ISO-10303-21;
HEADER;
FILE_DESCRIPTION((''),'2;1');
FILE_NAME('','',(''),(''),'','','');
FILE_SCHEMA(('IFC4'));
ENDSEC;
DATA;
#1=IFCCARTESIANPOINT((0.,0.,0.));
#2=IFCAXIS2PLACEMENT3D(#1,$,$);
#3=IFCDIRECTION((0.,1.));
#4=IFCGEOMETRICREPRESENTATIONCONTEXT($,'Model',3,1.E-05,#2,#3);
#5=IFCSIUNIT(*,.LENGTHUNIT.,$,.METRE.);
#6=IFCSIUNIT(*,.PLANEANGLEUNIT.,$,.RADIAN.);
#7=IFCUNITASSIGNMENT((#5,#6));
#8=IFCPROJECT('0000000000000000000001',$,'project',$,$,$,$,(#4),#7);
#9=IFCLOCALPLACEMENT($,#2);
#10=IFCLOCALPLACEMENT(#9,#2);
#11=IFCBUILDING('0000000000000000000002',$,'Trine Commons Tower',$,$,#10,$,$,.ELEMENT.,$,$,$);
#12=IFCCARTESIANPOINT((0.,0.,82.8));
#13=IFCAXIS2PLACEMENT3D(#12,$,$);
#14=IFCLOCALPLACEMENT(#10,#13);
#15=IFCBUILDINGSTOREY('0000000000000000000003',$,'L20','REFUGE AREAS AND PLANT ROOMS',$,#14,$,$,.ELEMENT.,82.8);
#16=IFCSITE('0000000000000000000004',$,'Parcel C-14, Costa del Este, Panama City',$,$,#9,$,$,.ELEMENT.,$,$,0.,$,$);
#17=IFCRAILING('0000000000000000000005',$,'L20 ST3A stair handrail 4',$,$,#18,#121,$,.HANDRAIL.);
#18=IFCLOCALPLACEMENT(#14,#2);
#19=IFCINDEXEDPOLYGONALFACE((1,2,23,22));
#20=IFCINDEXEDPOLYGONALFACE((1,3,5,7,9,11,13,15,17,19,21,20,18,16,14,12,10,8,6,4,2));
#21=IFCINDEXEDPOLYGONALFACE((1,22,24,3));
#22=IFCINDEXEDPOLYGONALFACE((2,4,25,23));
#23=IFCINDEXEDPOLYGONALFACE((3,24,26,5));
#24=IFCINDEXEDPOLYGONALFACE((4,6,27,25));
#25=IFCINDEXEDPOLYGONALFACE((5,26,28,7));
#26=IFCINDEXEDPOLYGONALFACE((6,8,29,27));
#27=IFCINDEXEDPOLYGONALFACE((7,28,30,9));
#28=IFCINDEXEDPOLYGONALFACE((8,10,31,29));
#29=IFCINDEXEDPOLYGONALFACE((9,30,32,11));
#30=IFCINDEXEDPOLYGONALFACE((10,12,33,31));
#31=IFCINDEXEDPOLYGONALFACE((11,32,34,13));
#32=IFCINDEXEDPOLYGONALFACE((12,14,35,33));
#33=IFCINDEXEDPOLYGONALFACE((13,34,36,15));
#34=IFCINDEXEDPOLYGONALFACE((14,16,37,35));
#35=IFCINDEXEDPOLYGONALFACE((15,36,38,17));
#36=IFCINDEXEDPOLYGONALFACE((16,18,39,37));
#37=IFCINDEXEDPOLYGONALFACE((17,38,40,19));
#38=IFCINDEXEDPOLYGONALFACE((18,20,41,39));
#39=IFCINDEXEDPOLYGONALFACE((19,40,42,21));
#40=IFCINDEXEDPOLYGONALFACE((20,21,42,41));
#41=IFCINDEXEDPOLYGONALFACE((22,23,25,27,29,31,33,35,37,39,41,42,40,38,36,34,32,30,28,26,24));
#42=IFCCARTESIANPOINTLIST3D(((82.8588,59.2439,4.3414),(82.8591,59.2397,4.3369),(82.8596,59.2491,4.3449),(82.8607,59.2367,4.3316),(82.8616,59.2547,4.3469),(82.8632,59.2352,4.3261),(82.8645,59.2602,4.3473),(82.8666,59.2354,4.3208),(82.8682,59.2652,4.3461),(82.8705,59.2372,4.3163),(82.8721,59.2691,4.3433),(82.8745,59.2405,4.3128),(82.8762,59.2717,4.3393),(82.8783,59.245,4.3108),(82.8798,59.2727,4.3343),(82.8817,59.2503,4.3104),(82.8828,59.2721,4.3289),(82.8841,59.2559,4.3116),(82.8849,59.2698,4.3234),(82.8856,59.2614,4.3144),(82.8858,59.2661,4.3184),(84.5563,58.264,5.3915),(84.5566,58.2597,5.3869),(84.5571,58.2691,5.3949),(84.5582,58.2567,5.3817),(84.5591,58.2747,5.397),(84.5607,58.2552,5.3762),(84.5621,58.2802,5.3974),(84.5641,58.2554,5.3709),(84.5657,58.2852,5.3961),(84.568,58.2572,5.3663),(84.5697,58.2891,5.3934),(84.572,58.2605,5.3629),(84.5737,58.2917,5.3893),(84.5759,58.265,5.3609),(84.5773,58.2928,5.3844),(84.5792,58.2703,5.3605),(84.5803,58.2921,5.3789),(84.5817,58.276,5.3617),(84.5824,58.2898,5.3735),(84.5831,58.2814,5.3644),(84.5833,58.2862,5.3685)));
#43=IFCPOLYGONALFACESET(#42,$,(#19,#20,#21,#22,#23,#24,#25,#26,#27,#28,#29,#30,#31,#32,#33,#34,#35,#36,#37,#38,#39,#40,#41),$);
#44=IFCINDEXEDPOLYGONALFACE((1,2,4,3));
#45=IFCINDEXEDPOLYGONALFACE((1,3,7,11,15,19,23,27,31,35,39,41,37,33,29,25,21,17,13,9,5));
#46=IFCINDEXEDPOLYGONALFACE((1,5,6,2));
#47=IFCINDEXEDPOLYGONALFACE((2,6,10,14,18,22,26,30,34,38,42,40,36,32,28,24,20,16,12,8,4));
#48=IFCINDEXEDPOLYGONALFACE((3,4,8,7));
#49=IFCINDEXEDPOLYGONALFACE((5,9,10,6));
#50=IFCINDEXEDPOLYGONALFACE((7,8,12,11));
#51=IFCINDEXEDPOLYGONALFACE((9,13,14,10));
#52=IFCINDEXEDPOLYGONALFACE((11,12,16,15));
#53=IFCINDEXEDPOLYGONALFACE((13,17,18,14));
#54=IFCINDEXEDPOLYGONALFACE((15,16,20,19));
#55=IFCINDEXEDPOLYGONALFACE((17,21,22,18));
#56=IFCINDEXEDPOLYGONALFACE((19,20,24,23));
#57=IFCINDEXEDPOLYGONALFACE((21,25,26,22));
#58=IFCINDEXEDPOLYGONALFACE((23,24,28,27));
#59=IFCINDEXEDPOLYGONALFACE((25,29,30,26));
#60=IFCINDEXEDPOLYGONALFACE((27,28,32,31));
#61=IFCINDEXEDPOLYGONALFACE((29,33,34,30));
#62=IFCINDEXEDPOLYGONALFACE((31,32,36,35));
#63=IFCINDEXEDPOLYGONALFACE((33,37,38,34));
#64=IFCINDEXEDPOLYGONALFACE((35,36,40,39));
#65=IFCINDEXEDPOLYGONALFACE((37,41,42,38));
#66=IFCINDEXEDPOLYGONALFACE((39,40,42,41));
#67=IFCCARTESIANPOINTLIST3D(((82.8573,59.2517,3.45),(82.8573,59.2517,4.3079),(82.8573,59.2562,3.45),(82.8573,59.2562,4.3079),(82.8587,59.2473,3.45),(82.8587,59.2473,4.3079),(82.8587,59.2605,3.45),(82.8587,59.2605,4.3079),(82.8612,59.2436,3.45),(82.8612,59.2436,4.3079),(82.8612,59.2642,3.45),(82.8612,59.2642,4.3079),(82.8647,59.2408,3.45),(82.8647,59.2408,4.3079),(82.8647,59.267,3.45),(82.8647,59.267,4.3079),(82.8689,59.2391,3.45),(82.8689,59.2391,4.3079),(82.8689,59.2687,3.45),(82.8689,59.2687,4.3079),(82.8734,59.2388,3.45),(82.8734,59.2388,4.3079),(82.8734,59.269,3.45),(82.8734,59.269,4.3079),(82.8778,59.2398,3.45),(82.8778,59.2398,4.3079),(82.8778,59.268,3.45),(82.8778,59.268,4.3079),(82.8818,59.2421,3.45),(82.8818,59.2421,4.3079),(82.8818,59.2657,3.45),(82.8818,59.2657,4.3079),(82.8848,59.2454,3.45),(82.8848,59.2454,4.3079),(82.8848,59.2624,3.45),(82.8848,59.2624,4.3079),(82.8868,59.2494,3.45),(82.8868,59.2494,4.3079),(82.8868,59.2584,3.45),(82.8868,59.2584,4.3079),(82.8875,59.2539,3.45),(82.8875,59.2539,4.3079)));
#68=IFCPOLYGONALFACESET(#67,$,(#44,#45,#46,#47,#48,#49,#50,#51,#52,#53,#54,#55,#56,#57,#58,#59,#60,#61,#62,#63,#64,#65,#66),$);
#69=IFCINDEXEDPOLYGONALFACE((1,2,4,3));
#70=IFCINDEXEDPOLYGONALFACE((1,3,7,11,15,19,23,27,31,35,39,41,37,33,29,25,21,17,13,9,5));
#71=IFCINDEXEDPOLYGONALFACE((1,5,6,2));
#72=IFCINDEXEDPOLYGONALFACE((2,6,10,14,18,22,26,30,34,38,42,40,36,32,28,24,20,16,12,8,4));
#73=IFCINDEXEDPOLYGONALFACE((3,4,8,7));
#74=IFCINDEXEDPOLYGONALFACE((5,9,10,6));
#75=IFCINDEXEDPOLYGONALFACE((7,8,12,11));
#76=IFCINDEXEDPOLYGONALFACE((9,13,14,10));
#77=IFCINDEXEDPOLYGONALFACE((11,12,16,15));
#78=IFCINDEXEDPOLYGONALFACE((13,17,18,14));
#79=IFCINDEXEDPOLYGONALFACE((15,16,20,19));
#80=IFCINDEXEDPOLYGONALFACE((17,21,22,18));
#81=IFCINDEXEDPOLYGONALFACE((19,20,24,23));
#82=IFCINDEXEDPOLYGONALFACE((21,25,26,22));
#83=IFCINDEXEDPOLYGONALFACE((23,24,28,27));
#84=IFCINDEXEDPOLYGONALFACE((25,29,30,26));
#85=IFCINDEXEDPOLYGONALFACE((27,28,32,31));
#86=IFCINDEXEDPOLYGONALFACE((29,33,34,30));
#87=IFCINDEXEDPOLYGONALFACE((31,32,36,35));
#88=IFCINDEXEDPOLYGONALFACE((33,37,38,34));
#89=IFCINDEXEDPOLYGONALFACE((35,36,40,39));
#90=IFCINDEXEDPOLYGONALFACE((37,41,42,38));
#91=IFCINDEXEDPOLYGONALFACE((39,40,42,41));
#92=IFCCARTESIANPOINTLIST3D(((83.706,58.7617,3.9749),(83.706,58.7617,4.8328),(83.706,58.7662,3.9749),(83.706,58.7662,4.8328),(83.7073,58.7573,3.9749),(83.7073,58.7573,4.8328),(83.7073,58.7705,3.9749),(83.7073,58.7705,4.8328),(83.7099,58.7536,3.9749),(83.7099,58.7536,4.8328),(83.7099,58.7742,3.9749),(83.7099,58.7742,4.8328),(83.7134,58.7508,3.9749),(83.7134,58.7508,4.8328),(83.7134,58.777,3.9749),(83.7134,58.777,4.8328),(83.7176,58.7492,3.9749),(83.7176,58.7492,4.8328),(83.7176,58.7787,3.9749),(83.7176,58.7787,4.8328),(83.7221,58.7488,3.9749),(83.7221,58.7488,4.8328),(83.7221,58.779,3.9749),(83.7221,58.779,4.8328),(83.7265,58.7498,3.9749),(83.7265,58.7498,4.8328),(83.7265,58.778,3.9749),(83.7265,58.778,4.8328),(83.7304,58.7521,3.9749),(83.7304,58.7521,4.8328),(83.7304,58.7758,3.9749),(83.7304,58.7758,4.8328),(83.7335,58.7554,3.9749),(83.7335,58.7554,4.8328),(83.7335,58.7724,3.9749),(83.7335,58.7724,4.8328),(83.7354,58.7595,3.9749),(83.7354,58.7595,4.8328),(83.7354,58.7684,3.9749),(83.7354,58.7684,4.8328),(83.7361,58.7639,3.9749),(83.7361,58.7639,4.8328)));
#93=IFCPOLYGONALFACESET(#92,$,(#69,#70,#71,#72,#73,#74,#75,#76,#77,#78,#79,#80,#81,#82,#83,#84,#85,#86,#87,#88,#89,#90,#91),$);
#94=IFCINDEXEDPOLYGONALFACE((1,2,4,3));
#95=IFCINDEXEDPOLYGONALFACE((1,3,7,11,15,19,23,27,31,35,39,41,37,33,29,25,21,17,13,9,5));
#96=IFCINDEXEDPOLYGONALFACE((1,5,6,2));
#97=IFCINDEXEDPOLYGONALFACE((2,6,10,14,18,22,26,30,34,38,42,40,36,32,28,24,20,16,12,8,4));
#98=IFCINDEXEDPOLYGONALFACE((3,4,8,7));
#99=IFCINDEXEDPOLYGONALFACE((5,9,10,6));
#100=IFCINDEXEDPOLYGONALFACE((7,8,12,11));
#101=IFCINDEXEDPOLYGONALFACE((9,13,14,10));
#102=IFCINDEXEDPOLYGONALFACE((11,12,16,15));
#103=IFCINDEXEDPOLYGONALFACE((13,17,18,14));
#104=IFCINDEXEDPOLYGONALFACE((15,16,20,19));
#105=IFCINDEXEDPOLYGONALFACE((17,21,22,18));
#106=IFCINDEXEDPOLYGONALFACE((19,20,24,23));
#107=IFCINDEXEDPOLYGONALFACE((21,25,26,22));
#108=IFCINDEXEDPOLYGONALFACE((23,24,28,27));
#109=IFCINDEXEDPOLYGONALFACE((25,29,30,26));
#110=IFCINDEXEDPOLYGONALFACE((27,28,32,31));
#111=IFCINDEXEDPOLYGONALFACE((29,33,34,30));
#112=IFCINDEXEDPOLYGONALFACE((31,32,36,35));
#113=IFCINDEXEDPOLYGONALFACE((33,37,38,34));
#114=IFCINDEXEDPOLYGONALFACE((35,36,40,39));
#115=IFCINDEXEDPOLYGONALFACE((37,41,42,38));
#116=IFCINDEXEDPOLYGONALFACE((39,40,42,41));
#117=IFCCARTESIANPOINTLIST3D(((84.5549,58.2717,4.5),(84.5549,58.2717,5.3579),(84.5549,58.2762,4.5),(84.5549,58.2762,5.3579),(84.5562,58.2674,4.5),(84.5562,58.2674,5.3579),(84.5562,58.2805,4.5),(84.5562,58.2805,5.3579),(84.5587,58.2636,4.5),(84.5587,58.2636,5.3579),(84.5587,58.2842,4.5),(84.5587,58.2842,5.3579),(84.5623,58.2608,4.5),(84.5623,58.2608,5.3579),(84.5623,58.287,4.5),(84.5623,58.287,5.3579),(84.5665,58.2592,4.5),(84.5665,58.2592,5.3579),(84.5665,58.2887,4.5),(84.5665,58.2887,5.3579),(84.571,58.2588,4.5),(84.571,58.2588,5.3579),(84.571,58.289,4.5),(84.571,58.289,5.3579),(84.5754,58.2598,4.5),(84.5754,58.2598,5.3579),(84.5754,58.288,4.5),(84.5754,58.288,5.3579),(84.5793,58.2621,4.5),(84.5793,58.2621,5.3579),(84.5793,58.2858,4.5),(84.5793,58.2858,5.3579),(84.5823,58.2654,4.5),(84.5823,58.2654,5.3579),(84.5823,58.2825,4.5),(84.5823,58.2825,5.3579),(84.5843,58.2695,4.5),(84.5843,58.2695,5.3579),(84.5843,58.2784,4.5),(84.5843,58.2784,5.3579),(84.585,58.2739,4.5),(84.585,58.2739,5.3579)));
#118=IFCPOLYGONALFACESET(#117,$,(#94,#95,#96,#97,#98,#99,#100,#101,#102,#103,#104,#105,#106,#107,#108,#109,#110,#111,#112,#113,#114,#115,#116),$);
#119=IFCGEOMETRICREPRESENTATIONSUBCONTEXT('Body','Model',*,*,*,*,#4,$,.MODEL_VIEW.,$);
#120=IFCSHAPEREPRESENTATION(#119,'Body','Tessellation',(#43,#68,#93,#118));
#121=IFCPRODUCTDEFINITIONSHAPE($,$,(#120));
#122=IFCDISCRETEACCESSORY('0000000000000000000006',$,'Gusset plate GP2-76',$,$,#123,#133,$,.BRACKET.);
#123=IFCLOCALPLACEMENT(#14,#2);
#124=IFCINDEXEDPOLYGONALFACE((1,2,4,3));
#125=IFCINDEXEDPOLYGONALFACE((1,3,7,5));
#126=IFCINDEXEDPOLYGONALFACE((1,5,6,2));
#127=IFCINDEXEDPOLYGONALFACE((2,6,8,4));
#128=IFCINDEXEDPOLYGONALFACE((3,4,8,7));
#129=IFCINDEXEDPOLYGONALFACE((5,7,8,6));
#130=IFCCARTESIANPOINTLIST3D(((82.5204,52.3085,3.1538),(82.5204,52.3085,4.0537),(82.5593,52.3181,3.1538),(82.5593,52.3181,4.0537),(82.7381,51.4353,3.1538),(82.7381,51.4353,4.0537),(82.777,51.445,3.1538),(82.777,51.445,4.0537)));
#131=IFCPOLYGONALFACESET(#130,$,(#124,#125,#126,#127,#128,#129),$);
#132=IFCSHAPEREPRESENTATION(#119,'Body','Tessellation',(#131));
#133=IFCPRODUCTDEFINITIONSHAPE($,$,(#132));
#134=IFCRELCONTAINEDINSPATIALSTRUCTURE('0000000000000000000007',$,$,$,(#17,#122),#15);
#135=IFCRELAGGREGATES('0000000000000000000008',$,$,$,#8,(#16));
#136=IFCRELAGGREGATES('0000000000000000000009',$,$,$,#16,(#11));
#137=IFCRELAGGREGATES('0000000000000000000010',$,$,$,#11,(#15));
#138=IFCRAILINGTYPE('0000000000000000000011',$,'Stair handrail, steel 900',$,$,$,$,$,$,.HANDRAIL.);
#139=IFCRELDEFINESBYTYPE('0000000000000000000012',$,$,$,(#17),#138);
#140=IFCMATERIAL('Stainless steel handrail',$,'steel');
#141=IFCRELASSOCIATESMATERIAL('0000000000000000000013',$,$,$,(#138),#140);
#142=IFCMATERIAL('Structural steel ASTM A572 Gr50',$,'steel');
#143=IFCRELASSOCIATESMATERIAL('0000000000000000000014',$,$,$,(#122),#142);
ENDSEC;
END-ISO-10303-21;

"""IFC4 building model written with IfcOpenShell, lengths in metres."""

from ifc_helpers import new_model, si_unit, direction, frame, origin, origin_2d, place, context, subcontext, project, spatial, rectangle, circle, extrude, material, type_object, element, save


model = new_model("IFC4")

# Units and contexts
model_context = context("Model", 3, precision=1e-05, world=origin(), true_north=direction((0.0, 1.0)))
body_context = subcontext(model_context, "Body", "Model", "MODEL_VIEW")
ifc_project = project(units=[si_unit("LENGTHUNIT", "METRE"), si_unit("PLANEANGLEUNIT", "RADIAN")], contexts=[model_context])

# Site, building, storey
site_placement = place(None, origin())
site = spatial("IfcSite", under=ifc_project, at=site_placement, Name="Parcel C-14, Costa del Este, Panama City", CompositionType="ELEMENT", RefElevation=0.0)
building_placement = place(site_placement, origin())
building = spatial("IfcBuilding", under=site, at=building_placement, Name="Trine Commons Tower", CompositionType="ELEMENT")
storey_placement = place(building_placement, frame((0.0, 0.0, 82.8)))
storey = spatial("IfcBuildingStorey", under=building, at=storey_placement, Name="L20", Description="REFUGE AREAS AND PLANT ROOMS", CompositionType="ELEMENT", Elevation=82.8)

# Railing
ifc_material_1 = material(Name="Stainless steel handrail", Category="steel")
railing_type_1 = type_object("IfcRailingType", Name="Stair handrail, steel 900", PredefinedType="HANDRAIL", material=ifc_material_1)
railing_1_placement = place(storey_placement, frame((82.8723, 59.2539, 3.45)))
element("IfcRailing", 1, at=railing_1_placement, inside=storey, type_object=railing_type_1, Name="L20 ST3A stair handrail 4", PredefinedType="HANDRAIL", context=body_context, shape_type="SweptSolid", body=[
    extrude(circle(Radius=0.021, at=origin_2d()), frame((0.0, 0.0, 0.8789), z_axis=(0.763398, -0.440713, 0.472224), x_axis=(0.49997, 0.866042, 0.0)), (0.0, 0.0, 1.0), 2.2236),
    extrude(circle(Radius=0.0151, at=origin_2d()), origin(), (0.0, 0.0, 1.0), 0.8579),
    extrude(circle(Radius=0.0151, at=origin_2d()), frame((0.8486, -0.49, 0.5249)), (0.0, 0.0, 1.0), 0.8579),
    extrude(circle(Radius=0.0151, at=origin_2d()), frame((1.6975, -0.98, 1.05)), (0.0, 0.0, 1.0), 0.8579),
])

# Discrete accessory
ifc_material_2 = material(Name="Structural steel ASTM A572 Gr50", Category="steel")
discrete_accessory_placement = place(storey_placement, frame((82.6487, 51.8767, 3.1538), z_axis=(0.0, 0.0, 1.0), x_axis=(0.241922, -0.970296, 0.0)))
element("IfcDiscreteAccessory", 2, at=discrete_accessory_placement, inside=storey, material=ifc_material_2, Name="Gusset plate GP2-76", PredefinedType="BRACKET", context=body_context, shape_type="SweptSolid", body=[
    extrude(rectangle(XDim=0.8999, YDim=0.04, at=origin_2d()), origin(), (0.0, 0.0, 1.0), 0.8999),
])

save(model, "model.ifc")
